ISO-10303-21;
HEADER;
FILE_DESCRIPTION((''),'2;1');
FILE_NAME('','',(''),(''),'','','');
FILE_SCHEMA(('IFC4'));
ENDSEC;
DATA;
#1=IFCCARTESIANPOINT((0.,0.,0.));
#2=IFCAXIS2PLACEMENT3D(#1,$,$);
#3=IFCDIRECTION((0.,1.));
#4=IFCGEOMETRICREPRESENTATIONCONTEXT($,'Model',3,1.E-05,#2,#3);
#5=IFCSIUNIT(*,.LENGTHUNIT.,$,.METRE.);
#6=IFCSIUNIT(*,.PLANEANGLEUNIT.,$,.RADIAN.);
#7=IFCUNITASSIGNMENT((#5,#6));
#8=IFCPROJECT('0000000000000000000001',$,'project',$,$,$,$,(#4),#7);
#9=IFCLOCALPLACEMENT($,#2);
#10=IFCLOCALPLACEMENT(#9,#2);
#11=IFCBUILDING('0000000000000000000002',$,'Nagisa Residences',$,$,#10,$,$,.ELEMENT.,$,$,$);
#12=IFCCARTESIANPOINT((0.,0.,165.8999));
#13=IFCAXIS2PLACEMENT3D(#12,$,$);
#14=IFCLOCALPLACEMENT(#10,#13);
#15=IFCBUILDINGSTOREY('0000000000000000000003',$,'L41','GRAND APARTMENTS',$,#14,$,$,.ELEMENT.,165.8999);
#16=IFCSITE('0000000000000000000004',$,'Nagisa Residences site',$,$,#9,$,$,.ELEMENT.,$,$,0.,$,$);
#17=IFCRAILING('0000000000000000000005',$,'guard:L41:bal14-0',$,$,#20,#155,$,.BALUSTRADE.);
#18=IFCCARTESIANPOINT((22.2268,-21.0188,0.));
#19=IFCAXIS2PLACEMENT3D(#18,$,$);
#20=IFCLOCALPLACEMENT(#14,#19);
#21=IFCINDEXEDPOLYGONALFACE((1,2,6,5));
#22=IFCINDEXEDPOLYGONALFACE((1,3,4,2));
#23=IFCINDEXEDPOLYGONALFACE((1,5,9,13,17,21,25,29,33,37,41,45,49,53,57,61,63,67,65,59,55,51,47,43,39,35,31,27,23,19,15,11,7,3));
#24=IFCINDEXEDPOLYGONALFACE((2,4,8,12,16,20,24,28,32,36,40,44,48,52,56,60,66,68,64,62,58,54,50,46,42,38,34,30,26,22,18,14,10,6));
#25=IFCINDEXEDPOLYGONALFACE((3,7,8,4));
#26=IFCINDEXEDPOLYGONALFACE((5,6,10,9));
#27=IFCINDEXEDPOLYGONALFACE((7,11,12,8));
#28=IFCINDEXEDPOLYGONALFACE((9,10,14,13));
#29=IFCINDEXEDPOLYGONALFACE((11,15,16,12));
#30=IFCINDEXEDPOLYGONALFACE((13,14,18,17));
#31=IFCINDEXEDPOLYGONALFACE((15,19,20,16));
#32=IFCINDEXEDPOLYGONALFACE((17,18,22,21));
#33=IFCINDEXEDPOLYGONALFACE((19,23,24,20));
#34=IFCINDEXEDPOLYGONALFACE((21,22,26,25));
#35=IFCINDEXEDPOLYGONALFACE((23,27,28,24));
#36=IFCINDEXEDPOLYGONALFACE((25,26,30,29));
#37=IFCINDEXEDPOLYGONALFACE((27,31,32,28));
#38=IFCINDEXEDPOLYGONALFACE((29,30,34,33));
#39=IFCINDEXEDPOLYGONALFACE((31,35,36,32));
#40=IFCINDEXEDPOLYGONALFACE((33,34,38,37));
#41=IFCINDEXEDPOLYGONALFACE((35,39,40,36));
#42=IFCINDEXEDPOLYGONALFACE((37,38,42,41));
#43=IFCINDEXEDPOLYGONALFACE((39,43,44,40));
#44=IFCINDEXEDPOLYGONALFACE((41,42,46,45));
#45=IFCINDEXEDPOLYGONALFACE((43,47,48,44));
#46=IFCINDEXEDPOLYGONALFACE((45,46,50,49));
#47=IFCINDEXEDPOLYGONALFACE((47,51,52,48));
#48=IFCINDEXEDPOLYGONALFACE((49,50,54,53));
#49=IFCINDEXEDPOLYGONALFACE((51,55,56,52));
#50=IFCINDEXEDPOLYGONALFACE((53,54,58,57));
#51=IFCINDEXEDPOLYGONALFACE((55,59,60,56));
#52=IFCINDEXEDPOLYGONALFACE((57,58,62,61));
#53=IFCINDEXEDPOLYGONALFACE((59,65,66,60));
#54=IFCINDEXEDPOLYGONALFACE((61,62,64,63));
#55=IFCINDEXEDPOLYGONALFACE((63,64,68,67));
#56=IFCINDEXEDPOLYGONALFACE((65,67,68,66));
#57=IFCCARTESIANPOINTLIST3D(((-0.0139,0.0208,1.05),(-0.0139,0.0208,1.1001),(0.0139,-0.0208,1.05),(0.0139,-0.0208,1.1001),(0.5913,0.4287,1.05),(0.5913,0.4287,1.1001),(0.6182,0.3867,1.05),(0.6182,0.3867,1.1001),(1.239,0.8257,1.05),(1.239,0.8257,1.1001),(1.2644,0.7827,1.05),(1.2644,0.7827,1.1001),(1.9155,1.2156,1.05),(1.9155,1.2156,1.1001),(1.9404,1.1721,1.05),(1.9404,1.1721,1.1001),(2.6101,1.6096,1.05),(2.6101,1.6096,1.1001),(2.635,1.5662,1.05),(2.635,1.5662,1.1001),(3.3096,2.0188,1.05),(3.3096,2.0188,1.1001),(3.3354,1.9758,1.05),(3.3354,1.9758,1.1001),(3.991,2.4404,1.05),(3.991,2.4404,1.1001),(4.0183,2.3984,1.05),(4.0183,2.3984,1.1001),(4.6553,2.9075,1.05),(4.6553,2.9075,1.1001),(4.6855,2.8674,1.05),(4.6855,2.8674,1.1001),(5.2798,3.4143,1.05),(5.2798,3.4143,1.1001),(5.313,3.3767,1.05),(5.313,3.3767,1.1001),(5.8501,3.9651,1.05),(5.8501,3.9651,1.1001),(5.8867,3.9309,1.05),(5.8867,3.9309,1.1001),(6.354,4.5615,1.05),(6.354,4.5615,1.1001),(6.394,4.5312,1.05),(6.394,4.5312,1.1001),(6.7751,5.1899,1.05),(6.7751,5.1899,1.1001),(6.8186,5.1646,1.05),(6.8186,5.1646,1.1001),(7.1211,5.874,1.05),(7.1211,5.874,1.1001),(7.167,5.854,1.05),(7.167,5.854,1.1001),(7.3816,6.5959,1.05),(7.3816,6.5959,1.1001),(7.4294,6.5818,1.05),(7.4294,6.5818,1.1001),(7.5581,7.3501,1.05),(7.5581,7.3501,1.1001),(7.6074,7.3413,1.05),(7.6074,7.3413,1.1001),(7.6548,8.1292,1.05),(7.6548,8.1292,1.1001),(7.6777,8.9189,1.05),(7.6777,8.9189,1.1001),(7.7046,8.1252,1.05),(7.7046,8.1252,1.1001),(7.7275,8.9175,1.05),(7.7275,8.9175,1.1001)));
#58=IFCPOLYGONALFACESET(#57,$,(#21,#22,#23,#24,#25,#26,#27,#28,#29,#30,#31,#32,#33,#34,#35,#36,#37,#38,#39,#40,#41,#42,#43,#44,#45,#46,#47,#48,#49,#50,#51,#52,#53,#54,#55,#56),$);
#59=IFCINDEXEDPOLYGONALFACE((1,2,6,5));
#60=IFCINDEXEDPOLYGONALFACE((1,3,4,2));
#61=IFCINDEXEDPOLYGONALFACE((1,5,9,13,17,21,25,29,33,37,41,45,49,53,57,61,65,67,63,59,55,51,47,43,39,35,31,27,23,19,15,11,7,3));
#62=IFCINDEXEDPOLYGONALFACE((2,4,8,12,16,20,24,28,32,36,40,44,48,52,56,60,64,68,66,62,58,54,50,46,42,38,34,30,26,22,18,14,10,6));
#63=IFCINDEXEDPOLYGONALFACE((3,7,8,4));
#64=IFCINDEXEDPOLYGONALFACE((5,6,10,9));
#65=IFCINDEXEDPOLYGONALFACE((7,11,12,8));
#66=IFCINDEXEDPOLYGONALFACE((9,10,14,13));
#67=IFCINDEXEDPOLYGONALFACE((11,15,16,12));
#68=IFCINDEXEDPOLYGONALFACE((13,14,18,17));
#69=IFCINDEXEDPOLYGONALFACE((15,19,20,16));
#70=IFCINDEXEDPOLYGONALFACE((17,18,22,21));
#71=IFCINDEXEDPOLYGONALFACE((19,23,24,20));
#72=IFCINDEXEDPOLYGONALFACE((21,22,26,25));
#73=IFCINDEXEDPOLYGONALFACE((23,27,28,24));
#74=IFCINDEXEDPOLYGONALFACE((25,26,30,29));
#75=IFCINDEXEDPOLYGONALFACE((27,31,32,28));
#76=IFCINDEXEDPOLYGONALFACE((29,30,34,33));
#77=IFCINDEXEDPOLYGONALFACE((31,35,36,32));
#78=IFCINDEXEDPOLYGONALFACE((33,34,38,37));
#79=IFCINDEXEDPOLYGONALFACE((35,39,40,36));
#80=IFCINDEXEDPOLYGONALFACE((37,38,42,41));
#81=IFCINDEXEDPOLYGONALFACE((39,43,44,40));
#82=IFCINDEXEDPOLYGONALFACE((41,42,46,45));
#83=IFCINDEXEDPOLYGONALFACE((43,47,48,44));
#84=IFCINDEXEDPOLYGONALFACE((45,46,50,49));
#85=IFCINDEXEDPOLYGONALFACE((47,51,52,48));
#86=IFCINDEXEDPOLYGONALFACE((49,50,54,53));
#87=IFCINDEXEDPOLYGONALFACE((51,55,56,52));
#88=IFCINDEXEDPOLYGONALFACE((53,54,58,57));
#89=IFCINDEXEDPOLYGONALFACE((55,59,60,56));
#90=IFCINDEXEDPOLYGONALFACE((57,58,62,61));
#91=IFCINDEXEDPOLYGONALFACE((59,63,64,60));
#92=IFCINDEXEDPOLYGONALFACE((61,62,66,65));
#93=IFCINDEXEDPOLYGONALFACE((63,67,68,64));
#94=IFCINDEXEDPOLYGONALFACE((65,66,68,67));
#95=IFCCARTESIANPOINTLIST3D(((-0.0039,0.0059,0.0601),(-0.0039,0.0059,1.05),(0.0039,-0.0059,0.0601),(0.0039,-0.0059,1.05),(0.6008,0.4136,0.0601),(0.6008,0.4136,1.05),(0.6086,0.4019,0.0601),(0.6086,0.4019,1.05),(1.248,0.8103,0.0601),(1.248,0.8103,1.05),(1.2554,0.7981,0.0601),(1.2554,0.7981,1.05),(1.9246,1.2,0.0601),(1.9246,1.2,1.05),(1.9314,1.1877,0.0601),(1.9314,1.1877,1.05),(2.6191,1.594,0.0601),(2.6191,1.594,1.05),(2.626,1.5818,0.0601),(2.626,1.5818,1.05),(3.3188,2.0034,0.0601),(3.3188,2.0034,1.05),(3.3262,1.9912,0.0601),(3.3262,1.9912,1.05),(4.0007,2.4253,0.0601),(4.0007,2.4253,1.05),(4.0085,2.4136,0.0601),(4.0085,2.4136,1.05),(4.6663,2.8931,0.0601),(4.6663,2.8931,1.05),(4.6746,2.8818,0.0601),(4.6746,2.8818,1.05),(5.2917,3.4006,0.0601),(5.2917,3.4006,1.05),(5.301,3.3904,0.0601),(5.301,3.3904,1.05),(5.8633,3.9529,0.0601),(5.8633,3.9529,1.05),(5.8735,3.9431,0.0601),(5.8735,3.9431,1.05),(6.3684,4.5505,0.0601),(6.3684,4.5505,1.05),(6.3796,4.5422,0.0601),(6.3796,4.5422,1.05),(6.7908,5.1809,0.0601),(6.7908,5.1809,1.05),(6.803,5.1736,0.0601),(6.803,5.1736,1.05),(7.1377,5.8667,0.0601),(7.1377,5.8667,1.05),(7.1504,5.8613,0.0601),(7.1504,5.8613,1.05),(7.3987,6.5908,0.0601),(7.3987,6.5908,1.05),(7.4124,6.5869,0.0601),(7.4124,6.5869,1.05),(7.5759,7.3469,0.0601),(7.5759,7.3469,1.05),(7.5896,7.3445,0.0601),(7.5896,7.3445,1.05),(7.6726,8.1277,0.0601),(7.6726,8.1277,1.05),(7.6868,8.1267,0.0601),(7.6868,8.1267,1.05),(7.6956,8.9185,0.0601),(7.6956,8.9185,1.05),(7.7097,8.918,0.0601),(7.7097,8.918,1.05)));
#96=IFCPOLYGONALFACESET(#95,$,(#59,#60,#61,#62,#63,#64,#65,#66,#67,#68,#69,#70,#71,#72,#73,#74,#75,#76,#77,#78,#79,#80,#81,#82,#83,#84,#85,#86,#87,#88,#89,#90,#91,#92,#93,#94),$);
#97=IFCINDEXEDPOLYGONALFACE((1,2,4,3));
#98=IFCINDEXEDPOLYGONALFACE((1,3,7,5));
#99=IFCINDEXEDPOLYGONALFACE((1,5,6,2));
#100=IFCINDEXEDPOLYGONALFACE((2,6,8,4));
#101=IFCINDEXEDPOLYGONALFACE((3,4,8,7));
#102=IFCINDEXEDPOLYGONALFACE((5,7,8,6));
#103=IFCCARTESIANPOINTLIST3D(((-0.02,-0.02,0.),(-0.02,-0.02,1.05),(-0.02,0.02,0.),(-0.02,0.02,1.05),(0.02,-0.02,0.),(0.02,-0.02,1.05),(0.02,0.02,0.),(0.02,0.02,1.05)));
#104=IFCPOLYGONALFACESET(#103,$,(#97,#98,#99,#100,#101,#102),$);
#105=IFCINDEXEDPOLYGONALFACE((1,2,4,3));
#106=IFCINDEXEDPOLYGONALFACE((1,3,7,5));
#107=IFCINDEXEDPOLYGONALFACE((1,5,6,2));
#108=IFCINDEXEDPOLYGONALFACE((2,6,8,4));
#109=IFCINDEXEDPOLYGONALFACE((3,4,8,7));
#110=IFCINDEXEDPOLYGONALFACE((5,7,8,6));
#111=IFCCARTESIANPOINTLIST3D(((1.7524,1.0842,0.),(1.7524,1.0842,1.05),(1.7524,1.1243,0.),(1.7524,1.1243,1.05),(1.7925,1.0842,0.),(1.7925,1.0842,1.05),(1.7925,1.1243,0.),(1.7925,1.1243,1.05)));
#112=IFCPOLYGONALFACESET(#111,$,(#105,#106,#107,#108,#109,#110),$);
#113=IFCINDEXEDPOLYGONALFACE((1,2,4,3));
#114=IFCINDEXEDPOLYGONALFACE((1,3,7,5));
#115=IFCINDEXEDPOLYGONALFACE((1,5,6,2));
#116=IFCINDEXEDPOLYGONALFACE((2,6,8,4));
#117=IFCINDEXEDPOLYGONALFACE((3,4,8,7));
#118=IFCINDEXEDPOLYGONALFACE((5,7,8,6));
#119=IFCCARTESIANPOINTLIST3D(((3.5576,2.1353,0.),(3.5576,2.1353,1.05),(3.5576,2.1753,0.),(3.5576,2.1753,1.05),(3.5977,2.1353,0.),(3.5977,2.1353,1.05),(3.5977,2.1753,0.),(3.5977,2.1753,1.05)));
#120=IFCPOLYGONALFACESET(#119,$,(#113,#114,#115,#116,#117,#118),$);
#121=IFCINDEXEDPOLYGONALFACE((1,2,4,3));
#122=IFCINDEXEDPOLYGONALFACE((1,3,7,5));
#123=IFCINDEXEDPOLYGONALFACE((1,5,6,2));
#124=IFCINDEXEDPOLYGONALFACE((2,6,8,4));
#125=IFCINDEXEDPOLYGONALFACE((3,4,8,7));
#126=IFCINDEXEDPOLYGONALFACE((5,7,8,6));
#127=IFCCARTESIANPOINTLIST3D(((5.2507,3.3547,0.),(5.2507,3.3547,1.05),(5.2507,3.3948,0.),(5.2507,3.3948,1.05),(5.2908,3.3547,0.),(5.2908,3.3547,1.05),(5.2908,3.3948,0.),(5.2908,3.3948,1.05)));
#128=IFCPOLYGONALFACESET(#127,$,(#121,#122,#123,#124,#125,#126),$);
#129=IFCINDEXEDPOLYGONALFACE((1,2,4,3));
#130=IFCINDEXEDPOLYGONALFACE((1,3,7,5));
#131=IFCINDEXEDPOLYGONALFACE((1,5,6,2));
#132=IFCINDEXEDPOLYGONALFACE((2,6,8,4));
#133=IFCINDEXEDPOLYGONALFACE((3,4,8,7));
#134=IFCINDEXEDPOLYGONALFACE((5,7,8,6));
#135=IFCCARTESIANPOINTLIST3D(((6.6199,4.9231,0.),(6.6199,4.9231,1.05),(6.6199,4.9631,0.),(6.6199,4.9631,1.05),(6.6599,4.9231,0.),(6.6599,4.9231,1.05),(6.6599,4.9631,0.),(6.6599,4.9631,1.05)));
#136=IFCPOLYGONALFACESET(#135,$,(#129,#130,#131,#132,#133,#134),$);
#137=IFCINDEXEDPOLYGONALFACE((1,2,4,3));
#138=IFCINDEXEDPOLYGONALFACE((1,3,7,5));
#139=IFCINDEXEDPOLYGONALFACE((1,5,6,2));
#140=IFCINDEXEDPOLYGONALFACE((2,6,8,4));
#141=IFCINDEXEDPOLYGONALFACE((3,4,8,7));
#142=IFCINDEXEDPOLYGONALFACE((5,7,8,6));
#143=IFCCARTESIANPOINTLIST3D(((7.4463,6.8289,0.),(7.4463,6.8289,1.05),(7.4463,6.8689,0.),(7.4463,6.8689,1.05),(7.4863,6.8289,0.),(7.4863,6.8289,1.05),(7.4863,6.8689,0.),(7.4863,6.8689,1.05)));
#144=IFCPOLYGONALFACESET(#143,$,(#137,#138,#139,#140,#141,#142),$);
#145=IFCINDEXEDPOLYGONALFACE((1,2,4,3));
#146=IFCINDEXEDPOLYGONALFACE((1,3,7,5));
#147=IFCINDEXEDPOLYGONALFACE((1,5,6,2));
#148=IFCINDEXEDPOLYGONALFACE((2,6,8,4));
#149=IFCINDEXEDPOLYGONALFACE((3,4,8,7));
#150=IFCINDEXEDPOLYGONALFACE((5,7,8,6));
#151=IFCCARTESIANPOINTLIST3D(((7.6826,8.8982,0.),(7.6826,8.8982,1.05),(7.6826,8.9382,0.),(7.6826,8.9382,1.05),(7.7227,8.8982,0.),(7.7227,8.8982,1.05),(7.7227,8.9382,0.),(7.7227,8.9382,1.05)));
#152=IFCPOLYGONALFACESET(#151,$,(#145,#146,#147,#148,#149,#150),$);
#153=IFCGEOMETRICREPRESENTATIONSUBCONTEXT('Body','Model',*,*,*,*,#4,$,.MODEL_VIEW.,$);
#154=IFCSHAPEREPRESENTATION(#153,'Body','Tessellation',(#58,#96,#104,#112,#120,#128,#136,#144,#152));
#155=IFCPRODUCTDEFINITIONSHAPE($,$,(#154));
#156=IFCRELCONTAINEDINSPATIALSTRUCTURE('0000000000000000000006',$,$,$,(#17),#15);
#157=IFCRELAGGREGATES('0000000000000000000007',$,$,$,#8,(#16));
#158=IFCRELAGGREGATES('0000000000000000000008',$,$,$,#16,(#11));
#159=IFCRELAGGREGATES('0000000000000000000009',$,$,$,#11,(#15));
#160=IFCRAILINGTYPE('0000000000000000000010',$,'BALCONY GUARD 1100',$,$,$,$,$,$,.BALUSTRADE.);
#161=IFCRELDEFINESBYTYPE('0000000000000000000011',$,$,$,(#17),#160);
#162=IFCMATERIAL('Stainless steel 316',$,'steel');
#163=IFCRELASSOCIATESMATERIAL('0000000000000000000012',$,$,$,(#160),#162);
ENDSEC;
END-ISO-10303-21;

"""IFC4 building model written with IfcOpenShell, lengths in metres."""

from ifc_helpers import new_model, si_unit, direction, frame, origin, origin_2d, place, context, subcontext, project, spatial, polyline, rectangle, outline, extrude, material, type_object, element, save


model = new_model("IFC4")

# Units and contexts
model_context = context("Model", 3, precision=1e-05, world=origin(), true_north=direction((0.0, 1.0)))
body_context = subcontext(model_context, "Body", "Model", "MODEL_VIEW")
ifc_project = project(units=[si_unit("LENGTHUNIT", "METRE"), si_unit("PLANEANGLEUNIT", "RADIAN")], contexts=[model_context])

# Site, building, storey
site_placement = place(None, origin())
site = spatial("IfcSite", under=ifc_project, at=site_placement, Name="Nagisa Residences site", CompositionType="ELEMENT", RefElevation=0.0)
building_placement = place(site_placement, origin())
building = spatial("IfcBuilding", under=site, at=building_placement, Name="Nagisa Residences", CompositionType="ELEMENT")
storey_placement = place(building_placement, frame((0.0, 0.0, 165.8999)))
storey = spatial("IfcBuildingStorey", under=building, at=storey_placement, Name="L41", Description="GRAND APARTMENTS", CompositionType="ELEMENT", Elevation=165.8999)

# Railing
ifc_material_1 = material(Name="Stainless steel 316", Category="steel")
railing_type = type_object("IfcRailingType", Name="BALCONY GUARD 1100", PredefinedType="BALUSTRADE", material=ifc_material_1)
railing_1_placement = place(storey_placement, frame((22.2268, -21.0188, 0.0)))
element("IfcRailing", 1, at=railing_1_placement, inside=storey, type_object=railing_type, Name="guard:L41:bal14-0", PredefinedType="BALUSTRADE", context=body_context, shape_type="SweptSolid", body=[
    extrude(outline(polyline([(0.5913, 0.4287), (-0.0139, 0.0208), (0.0139, -0.0208), (0.6182, 0.3867), (1.2644, 0.7827), (1.9404, 1.1721), (2.635, 1.5662), (3.3354, 1.9758), (4.0183, 2.3984), (4.6855, 2.8674), (5.313, 3.3767), (5.8867, 3.9309), (6.394, 4.5312), (6.8186, 5.1646), (7.167, 5.854), (7.4294, 6.5818), (7.6074, 7.3413), (7.7046, 8.1252), (7.7275, 8.9175), (7.6777, 8.9189), (7.6548, 8.1292), (7.5581, 7.3501), (7.3816, 6.5959), (7.1211, 5.874), (6.7751, 5.1899), (6.354, 4.5615), (5.8501, 3.9651), (5.2798, 3.4143), (4.6553, 2.9075), (3.991, 2.4404), (3.3096, 2.0188), (2.6101, 1.6096), (1.9155, 1.2156), (1.239, 0.8257), (0.5913, 0.4287)])), frame((0.0, 0.0, 1.05)), (0.0, 0.0, 1.0), 0.05),
    extrude(outline(polyline([(0.6008, 0.4136), (-0.0039, 0.0059), (0.0039, -0.0059), (0.6086, 0.4019), (1.2554, 0.7981), (1.9314, 1.1877), (2.626, 1.5818), (3.3262, 1.9912), (4.0085, 2.4136), (4.6746, 2.8818), (5.301, 3.3904), (5.8735, 3.9431), (6.3796, 4.5422), (6.803, 5.1736), (7.1504, 5.8613), (7.4124, 6.5869), (7.5896, 7.3445), (7.6868, 8.1267), (7.7097, 8.918), (7.6956, 8.9185), (7.6726, 8.1277), (7.5759, 7.3469), (7.3987, 6.5908), (7.1377, 5.8667), (6.7908, 5.1809), (6.3684, 4.5505), (5.8633, 3.9529), (5.2917, 3.4006), (4.6663, 2.8931), (4.0007, 2.4253), (3.3188, 2.0034), (2.6191, 1.594), (1.9246, 1.2), (1.248, 0.8103), (0.6008, 0.4136)])), frame((0.0, 0.0, 0.0601)), (0.0, 0.0, 1.0), 0.99),
    extrude(rectangle(XDim=0.04, YDim=0.04, at=origin_2d()), origin(), (0.0, 0.0, 1.0), 1.05),
    extrude(rectangle(XDim=0.04, YDim=0.04, at=origin_2d()), frame((1.7725, 1.1042, 0.0)), (0.0, 0.0, 1.0), 1.05),
    extrude(rectangle(XDim=0.04, YDim=0.04, at=origin_2d()), frame((3.5776, 2.1553, 0.0)), (0.0, 0.0, 1.0), 1.05),
    extrude(rectangle(XDim=0.04, YDim=0.04, at=origin_2d()), frame((5.2708, 3.3748, 0.0)), (0.0, 0.0, 1.0), 1.05),
    extrude(rectangle(XDim=0.04, YDim=0.04, at=origin_2d()), frame((6.6399, 4.9431, 0.0)), (0.0, 0.0, 1.0), 1.05),
    extrude(rectangle(XDim=0.04, YDim=0.04, at=origin_2d()), frame((7.4663, 6.8489, 0.0)), (0.0, 0.0, 1.0), 1.05),
    extrude(rectangle(XDim=0.04, YDim=0.04, at=origin_2d()), frame((7.7026, 8.9182, 0.0)), (0.0, 0.0, 1.0), 1.05),
])

save(model, "model.ifc")
